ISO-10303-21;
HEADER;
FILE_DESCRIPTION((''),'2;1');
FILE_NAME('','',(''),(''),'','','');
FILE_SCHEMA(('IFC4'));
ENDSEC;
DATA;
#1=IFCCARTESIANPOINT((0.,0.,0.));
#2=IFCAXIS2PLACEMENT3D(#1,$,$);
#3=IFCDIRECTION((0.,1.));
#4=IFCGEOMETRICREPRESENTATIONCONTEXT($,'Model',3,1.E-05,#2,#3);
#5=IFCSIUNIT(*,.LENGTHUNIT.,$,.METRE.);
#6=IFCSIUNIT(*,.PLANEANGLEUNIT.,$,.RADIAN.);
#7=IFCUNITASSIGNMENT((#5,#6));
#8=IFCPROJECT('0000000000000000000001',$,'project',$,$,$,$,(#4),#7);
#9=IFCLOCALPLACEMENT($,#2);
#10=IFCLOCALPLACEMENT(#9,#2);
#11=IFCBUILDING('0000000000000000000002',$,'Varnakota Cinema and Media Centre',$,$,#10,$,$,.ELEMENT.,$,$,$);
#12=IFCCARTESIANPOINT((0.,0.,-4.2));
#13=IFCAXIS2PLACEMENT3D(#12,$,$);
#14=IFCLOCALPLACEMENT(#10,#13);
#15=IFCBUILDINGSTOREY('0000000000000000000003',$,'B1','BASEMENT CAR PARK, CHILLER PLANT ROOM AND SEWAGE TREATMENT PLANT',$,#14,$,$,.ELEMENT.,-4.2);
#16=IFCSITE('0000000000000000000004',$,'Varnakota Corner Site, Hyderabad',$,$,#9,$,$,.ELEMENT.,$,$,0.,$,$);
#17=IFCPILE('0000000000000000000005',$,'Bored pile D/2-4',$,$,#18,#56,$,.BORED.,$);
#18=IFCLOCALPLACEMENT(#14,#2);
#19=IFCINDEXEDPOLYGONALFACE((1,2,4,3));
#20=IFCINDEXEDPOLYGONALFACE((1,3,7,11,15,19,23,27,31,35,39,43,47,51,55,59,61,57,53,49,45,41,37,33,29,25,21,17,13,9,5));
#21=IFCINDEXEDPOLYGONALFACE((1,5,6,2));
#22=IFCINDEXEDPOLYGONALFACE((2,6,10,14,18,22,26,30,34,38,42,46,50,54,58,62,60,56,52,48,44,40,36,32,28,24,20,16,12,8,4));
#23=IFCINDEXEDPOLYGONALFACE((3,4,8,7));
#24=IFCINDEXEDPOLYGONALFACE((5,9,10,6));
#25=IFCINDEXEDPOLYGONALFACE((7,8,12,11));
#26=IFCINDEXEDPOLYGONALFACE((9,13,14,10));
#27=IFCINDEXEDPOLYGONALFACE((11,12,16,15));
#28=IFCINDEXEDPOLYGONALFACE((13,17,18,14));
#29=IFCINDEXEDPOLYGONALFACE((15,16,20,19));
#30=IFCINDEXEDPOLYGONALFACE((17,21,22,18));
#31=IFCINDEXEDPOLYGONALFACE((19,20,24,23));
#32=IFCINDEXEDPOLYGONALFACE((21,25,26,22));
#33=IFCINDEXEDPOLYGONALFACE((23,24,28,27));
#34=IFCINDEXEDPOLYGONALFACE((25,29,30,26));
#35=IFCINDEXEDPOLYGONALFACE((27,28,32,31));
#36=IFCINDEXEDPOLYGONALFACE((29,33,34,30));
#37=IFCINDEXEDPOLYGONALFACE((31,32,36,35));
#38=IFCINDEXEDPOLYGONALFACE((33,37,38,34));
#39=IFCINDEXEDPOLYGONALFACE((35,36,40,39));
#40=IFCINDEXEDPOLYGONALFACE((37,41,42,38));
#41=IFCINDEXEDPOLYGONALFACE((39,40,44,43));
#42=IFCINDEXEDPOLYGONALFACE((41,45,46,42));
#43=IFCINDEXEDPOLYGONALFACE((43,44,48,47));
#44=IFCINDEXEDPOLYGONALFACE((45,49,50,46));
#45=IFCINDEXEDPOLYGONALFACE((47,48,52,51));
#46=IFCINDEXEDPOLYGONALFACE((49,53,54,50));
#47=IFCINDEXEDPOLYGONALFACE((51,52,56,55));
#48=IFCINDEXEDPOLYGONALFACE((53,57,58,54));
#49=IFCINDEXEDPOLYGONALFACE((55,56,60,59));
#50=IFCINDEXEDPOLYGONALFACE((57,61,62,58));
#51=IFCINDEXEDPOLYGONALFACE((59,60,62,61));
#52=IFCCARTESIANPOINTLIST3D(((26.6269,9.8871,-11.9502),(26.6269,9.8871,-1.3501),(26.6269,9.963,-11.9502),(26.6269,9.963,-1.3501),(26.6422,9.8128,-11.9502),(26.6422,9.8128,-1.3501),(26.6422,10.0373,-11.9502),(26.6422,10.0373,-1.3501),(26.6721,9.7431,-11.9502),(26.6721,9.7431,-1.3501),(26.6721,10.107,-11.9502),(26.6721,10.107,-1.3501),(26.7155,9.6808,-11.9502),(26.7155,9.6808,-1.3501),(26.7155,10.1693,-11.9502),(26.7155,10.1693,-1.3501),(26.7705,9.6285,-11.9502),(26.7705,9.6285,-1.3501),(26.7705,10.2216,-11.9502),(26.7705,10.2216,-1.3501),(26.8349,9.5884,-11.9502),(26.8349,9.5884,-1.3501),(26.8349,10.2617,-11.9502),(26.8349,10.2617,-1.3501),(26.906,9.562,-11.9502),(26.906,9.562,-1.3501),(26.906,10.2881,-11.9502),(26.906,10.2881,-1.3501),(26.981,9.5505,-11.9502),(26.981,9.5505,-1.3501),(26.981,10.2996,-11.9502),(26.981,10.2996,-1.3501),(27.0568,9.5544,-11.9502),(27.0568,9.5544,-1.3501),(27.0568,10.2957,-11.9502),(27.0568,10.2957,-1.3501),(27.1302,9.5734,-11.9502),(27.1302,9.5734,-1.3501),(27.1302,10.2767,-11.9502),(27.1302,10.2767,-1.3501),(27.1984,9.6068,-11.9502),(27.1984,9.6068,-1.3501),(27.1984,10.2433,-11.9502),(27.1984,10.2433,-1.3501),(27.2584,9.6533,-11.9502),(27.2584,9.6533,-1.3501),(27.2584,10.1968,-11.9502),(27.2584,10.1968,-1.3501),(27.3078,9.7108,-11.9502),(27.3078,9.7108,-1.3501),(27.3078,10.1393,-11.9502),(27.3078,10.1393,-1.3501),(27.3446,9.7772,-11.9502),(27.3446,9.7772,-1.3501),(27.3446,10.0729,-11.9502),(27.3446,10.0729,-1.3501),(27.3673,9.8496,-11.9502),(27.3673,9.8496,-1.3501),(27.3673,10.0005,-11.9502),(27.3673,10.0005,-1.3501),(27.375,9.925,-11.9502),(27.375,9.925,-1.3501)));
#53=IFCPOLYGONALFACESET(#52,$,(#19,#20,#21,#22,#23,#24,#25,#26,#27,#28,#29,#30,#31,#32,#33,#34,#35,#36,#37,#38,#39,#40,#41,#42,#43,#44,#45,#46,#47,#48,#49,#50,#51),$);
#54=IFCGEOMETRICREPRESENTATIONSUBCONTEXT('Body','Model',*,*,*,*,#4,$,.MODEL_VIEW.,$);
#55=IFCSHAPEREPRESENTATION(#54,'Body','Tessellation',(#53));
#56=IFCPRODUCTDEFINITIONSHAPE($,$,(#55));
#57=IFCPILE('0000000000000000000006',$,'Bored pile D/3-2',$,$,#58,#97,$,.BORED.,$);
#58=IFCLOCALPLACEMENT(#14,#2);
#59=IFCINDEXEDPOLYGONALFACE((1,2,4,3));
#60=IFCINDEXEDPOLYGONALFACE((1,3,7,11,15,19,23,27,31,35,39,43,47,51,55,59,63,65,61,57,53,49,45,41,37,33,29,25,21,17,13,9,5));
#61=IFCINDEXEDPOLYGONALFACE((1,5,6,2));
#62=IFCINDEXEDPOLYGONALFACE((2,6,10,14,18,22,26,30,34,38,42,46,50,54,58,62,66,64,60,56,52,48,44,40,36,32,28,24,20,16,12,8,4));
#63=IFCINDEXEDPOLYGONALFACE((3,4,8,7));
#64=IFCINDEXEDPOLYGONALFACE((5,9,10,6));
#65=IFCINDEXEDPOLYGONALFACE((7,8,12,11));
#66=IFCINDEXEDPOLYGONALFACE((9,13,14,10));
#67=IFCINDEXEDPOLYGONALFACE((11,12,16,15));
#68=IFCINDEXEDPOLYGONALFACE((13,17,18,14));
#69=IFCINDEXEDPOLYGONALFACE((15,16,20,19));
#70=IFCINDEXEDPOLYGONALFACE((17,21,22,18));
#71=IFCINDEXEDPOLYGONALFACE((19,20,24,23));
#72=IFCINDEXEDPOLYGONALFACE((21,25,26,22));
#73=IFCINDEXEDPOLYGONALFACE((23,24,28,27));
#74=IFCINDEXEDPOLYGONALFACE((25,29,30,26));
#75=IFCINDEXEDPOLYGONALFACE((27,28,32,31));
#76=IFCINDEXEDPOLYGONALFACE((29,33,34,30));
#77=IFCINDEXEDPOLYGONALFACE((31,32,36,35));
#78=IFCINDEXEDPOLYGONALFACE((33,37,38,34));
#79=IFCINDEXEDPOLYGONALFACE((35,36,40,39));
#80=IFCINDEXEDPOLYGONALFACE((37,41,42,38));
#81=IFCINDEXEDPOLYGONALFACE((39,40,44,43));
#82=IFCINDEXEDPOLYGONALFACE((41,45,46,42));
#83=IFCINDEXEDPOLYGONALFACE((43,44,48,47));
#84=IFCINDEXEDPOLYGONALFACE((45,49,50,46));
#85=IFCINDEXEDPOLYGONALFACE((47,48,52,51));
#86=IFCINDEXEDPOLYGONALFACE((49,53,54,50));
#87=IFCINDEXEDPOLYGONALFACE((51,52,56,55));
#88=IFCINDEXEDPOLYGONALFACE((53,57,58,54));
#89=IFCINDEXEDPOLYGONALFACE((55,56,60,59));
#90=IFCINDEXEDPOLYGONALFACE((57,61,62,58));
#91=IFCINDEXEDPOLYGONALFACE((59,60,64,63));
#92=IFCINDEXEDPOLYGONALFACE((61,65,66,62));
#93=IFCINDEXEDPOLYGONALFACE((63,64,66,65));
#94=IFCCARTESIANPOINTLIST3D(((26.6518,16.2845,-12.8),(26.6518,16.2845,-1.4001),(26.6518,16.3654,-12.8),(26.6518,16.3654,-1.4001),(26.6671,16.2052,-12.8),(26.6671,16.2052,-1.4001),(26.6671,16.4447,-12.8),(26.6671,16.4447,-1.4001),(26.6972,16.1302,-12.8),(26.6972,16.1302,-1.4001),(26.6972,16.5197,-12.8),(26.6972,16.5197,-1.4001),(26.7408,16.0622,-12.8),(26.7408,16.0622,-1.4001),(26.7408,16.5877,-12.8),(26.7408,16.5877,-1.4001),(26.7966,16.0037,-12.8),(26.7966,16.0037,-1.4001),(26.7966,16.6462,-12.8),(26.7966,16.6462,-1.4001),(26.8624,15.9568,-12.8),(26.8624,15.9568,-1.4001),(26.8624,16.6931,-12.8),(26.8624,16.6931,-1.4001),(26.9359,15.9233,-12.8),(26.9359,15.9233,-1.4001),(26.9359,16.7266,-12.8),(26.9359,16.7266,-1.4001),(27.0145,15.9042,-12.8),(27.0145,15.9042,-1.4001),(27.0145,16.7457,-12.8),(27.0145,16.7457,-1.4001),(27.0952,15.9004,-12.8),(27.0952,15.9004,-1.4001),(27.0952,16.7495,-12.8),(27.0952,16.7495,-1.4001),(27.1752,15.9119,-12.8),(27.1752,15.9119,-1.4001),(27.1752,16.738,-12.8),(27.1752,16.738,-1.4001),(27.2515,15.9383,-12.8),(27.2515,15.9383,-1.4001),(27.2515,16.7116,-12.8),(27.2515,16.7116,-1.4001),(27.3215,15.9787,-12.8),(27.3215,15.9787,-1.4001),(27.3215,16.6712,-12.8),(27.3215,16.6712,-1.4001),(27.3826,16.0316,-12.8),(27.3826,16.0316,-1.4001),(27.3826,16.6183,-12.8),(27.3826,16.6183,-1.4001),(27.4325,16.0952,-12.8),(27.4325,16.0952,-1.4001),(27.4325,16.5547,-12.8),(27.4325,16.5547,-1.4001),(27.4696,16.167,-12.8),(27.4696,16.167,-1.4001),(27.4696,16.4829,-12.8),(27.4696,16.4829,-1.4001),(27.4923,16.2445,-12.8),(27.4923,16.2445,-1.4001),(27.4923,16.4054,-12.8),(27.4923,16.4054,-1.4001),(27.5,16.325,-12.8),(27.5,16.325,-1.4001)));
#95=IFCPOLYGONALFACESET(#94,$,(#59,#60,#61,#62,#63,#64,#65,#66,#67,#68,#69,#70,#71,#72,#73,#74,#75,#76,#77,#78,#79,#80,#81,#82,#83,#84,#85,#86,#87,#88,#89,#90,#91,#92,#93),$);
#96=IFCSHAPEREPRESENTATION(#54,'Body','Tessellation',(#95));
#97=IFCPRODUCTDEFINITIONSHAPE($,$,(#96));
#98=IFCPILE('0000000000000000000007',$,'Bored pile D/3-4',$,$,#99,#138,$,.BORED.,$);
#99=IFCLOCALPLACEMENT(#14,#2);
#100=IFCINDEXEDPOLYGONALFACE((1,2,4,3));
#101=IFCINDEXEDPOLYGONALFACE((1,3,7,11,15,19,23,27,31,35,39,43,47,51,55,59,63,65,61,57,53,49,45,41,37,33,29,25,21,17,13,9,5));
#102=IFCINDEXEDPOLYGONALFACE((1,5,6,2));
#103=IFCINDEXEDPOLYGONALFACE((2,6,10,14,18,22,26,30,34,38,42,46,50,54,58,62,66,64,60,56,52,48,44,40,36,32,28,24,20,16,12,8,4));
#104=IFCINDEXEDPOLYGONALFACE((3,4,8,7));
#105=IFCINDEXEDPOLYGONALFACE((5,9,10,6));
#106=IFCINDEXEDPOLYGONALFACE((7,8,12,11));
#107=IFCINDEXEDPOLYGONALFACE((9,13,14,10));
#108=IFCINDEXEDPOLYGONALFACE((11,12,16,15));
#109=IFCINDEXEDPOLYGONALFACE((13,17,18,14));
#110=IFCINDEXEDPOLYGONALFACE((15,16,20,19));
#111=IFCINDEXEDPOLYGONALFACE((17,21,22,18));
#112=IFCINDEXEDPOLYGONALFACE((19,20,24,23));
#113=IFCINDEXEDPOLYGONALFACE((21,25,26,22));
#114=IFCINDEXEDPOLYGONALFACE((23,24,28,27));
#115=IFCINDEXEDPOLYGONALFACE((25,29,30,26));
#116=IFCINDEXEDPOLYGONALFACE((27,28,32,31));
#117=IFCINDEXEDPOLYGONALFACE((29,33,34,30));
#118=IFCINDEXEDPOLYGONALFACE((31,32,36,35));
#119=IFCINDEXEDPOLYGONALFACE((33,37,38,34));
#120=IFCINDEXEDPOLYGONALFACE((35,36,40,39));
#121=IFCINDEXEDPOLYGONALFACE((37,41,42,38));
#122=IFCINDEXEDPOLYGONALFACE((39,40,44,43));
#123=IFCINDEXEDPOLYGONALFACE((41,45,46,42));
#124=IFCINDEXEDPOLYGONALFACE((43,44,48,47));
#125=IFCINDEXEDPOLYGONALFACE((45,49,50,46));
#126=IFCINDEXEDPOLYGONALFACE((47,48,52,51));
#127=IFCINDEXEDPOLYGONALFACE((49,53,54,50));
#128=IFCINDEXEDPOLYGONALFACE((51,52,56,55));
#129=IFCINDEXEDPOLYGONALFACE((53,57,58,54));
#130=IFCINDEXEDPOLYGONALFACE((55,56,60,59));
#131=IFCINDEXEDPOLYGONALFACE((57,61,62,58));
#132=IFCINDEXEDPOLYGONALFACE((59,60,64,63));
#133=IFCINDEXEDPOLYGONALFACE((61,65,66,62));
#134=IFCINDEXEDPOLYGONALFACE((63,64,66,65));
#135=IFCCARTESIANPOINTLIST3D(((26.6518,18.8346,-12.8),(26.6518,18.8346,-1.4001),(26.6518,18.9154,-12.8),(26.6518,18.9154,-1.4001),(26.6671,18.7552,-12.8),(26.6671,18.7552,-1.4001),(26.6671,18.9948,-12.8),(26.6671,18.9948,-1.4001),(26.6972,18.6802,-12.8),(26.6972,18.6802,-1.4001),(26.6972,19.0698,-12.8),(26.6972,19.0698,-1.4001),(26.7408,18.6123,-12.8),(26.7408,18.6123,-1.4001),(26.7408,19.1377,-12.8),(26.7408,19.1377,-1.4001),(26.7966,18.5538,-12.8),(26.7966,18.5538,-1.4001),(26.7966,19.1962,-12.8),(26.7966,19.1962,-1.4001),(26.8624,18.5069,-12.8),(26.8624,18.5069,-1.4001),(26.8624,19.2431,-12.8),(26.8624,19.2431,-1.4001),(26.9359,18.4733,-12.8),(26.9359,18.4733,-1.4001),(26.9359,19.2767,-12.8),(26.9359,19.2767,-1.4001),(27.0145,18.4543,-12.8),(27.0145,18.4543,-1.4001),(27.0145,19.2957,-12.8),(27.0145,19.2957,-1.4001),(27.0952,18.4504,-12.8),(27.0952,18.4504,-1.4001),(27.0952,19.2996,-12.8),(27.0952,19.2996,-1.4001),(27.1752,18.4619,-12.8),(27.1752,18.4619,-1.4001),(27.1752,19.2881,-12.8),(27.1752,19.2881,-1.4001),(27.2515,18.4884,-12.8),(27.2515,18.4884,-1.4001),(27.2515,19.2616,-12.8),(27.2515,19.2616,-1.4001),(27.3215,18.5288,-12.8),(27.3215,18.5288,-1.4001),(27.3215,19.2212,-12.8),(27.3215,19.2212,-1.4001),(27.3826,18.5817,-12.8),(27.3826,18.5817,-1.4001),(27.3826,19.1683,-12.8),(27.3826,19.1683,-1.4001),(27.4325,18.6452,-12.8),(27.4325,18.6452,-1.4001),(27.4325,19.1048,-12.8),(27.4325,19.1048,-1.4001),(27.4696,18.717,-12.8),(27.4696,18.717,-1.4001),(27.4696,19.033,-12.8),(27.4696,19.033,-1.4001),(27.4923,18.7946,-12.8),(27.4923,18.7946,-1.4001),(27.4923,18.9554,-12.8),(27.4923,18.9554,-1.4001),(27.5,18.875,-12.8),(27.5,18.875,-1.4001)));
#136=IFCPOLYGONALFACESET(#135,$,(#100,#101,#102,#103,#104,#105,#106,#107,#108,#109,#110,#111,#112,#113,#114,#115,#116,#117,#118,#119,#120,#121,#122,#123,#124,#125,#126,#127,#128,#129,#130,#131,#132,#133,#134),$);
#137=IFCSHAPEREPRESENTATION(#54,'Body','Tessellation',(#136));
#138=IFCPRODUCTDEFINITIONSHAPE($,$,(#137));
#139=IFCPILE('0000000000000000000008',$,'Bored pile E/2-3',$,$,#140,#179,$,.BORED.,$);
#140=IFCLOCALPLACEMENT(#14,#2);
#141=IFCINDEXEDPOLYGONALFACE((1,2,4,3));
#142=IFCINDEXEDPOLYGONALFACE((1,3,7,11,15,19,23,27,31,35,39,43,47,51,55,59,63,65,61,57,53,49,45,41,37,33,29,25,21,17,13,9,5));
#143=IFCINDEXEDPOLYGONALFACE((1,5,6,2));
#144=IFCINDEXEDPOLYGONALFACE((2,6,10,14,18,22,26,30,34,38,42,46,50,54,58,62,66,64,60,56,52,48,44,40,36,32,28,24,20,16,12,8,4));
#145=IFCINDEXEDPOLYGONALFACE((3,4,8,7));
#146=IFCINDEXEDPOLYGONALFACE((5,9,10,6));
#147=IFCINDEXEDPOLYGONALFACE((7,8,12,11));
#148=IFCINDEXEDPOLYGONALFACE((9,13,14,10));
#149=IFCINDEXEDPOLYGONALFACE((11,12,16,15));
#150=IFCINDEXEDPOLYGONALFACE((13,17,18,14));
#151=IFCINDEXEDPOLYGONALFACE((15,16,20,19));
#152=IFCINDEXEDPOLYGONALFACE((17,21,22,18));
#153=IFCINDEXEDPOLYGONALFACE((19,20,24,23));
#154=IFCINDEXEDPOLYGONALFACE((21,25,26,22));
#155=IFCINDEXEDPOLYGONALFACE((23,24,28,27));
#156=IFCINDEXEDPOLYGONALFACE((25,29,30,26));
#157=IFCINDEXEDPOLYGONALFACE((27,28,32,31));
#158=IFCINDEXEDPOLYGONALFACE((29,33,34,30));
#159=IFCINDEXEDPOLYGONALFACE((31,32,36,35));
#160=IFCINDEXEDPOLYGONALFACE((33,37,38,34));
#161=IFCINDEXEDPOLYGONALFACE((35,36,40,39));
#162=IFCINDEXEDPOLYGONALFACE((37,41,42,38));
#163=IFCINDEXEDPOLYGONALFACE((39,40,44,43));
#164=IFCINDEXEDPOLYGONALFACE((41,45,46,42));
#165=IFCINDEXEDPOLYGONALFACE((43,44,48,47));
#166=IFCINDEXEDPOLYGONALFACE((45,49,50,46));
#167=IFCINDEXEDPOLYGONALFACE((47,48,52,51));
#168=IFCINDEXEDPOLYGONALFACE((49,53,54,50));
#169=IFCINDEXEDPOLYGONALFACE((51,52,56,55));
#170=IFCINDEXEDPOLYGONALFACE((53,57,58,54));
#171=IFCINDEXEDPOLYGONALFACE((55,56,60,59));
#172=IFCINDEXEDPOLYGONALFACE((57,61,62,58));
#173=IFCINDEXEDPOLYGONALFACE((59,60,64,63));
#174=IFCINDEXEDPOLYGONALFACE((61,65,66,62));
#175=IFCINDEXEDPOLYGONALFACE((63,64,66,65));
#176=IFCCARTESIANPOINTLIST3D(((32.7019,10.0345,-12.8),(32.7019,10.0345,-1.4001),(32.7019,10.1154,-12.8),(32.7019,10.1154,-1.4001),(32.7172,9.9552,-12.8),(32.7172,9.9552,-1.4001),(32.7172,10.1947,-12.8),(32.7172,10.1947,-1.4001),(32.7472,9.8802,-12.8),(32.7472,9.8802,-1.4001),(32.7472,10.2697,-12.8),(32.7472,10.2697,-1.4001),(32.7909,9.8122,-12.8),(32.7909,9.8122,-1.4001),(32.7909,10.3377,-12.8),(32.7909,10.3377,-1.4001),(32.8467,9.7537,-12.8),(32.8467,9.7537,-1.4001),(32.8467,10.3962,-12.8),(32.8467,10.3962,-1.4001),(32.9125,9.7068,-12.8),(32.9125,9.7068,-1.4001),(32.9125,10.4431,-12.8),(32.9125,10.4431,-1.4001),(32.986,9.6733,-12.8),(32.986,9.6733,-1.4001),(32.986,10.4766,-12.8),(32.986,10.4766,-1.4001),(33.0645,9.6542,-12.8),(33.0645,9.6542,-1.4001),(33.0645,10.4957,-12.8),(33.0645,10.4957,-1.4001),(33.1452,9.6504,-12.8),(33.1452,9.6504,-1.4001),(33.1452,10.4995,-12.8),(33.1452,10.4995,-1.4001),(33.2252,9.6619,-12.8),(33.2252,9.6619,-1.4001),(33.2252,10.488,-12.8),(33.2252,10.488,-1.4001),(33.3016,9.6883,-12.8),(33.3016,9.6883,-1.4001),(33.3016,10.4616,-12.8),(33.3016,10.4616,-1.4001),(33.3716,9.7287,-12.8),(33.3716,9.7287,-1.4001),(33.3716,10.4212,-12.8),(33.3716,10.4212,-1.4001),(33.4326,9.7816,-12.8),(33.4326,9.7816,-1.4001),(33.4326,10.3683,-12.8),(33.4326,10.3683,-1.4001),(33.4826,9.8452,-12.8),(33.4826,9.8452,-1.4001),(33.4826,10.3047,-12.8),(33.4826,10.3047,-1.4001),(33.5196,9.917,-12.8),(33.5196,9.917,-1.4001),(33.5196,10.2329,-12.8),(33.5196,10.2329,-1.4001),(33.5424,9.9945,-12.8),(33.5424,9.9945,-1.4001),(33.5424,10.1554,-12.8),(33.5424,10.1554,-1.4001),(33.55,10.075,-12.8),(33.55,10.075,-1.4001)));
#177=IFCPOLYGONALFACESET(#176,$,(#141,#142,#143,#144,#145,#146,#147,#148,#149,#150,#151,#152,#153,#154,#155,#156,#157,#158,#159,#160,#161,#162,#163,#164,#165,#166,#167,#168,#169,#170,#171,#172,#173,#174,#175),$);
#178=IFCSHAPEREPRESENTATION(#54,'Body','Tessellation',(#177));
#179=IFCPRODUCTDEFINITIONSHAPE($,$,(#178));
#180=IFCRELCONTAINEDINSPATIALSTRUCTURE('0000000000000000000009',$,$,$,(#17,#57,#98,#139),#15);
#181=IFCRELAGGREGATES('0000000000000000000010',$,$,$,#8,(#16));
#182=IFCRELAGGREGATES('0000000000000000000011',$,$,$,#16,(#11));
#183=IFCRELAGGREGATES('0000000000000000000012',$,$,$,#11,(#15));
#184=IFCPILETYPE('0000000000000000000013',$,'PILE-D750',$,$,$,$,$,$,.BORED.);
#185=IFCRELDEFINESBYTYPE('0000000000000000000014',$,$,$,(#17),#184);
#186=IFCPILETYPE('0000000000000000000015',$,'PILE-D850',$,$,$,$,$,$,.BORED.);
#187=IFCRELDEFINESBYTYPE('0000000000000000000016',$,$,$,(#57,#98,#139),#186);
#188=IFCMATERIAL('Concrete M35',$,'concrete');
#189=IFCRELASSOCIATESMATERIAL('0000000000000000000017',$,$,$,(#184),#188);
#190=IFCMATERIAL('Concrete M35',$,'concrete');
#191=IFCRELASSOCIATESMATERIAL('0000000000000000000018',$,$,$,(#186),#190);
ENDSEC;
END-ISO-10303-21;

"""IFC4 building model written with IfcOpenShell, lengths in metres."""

from ifc_helpers import new_model, si_unit, direction, frame, origin, origin_2d, place, context, subcontext, project, spatial, circle, extrude, material, material_profile, profile_set, type_object, element, save


model = new_model("IFC4")

# Units and contexts
model_context = context("Model", 3, precision=1e-05, world=origin(), true_north=direction((0.0, 1.0)))
body_context = subcontext(model_context, "Body", "Model", "MODEL_VIEW")
ifc_project = project(units=[si_unit("LENGTHUNIT", "METRE"), si_unit("PLANEANGLEUNIT", "RADIAN")], contexts=[model_context])

# Site, building, storey
site_placement = place(None, origin())
site = spatial("IfcSite", under=ifc_project, at=site_placement, Name="Varnakota Corner Site, Hyderabad", CompositionType="ELEMENT", RefElevation=0.0)
building_placement = place(site_placement, origin())
building = spatial("IfcBuilding", under=site, at=building_placement, Name="Varnakota Cinema and Media Centre", CompositionType="ELEMENT")
storey_placement = place(building_placement, frame((0.0, 0.0, -4.2)))
storey = spatial("IfcBuildingStorey", under=building, at=storey_placement, Name="B1", Description="BASEMENT CAR PARK, CHILLER PLANT ROOM AND SEWAGE TREATMENT PLANT", CompositionType="ELEMENT", Elevation=-4.2)

# Piles
ifc_material_1 = material(Name="Concrete M35", Category="concrete")
ifc_material_profile_1 = material_profile(ifc_material_1, circle(Radius=0.375, at=origin_2d()), Name="PILE D750")
ifc_profile_set_1 = profile_set([ifc_material_profile_1], Name="Concrete M35")
pile_type_1 = type_object("IfcPileType", Name="PILE-D750", PredefinedType="BORED", material=ifc_profile_set_1)
for number, where, z_axis, x_axis, name in (
    (1, (27.0, 9.925, -1.3501), (0.0, 0.0, -1.0), (1.0, 0.0, 0.0), "Bored pile D/2-4"),
):
    element("IfcPile", number, at=place(storey_placement, frame(where, z_axis=z_axis, x_axis=x_axis)), inside=storey, type_object=pile_type_1, Name=name, PredefinedType="BORED", context=body_context, shape_type="SweptSolid", body=[
        extrude(circle(Radius=0.375, at=origin_2d()), origin(), (0.0, 0.0, 1.0), 10.6001),
    ])
ifc_material_2 = material(Name="Concrete M35", Category="concrete")
ifc_material_profile_2 = material_profile(ifc_material_2, circle(Radius=0.425, at=origin_2d()), Name="PILE D850")
ifc_profile_set_2 = profile_set([ifc_material_profile_2], Name="Concrete M35")
pile_type_2 = type_object("IfcPileType", Name="PILE-D850", PredefinedType="BORED", material=ifc_profile_set_2)
for number, where, z_axis, x_axis, name in (
    (2, (27.075, 16.325, -1.4001), (0.0, 0.0, -1.0), (1.0, 0.0, 0.0), "Bored pile D/3-2"),
    (3, (27.075, 18.875, -1.4001), (0.0, 0.0, -1.0), (1.0, 0.0, 0.0), "Bored pile D/3-4"),
    (4, (33.125, 10.075, -1.4001), (0.0, 0.0, -1.0), (1.0, 0.0, 0.0), "Bored pile E/2-3"),
):
    element("IfcPile", number, at=place(storey_placement, frame(where, z_axis=z_axis, x_axis=x_axis)), inside=storey, type_object=pile_type_2, Name=name, PredefinedType="BORED", context=body_context, shape_type="SweptSolid", body=[
        extrude(circle(Radius=0.425, at=origin_2d()), origin(), (0.0, 0.0, 1.0), 11.3999),
    ])

save(model, "model.ifc")
